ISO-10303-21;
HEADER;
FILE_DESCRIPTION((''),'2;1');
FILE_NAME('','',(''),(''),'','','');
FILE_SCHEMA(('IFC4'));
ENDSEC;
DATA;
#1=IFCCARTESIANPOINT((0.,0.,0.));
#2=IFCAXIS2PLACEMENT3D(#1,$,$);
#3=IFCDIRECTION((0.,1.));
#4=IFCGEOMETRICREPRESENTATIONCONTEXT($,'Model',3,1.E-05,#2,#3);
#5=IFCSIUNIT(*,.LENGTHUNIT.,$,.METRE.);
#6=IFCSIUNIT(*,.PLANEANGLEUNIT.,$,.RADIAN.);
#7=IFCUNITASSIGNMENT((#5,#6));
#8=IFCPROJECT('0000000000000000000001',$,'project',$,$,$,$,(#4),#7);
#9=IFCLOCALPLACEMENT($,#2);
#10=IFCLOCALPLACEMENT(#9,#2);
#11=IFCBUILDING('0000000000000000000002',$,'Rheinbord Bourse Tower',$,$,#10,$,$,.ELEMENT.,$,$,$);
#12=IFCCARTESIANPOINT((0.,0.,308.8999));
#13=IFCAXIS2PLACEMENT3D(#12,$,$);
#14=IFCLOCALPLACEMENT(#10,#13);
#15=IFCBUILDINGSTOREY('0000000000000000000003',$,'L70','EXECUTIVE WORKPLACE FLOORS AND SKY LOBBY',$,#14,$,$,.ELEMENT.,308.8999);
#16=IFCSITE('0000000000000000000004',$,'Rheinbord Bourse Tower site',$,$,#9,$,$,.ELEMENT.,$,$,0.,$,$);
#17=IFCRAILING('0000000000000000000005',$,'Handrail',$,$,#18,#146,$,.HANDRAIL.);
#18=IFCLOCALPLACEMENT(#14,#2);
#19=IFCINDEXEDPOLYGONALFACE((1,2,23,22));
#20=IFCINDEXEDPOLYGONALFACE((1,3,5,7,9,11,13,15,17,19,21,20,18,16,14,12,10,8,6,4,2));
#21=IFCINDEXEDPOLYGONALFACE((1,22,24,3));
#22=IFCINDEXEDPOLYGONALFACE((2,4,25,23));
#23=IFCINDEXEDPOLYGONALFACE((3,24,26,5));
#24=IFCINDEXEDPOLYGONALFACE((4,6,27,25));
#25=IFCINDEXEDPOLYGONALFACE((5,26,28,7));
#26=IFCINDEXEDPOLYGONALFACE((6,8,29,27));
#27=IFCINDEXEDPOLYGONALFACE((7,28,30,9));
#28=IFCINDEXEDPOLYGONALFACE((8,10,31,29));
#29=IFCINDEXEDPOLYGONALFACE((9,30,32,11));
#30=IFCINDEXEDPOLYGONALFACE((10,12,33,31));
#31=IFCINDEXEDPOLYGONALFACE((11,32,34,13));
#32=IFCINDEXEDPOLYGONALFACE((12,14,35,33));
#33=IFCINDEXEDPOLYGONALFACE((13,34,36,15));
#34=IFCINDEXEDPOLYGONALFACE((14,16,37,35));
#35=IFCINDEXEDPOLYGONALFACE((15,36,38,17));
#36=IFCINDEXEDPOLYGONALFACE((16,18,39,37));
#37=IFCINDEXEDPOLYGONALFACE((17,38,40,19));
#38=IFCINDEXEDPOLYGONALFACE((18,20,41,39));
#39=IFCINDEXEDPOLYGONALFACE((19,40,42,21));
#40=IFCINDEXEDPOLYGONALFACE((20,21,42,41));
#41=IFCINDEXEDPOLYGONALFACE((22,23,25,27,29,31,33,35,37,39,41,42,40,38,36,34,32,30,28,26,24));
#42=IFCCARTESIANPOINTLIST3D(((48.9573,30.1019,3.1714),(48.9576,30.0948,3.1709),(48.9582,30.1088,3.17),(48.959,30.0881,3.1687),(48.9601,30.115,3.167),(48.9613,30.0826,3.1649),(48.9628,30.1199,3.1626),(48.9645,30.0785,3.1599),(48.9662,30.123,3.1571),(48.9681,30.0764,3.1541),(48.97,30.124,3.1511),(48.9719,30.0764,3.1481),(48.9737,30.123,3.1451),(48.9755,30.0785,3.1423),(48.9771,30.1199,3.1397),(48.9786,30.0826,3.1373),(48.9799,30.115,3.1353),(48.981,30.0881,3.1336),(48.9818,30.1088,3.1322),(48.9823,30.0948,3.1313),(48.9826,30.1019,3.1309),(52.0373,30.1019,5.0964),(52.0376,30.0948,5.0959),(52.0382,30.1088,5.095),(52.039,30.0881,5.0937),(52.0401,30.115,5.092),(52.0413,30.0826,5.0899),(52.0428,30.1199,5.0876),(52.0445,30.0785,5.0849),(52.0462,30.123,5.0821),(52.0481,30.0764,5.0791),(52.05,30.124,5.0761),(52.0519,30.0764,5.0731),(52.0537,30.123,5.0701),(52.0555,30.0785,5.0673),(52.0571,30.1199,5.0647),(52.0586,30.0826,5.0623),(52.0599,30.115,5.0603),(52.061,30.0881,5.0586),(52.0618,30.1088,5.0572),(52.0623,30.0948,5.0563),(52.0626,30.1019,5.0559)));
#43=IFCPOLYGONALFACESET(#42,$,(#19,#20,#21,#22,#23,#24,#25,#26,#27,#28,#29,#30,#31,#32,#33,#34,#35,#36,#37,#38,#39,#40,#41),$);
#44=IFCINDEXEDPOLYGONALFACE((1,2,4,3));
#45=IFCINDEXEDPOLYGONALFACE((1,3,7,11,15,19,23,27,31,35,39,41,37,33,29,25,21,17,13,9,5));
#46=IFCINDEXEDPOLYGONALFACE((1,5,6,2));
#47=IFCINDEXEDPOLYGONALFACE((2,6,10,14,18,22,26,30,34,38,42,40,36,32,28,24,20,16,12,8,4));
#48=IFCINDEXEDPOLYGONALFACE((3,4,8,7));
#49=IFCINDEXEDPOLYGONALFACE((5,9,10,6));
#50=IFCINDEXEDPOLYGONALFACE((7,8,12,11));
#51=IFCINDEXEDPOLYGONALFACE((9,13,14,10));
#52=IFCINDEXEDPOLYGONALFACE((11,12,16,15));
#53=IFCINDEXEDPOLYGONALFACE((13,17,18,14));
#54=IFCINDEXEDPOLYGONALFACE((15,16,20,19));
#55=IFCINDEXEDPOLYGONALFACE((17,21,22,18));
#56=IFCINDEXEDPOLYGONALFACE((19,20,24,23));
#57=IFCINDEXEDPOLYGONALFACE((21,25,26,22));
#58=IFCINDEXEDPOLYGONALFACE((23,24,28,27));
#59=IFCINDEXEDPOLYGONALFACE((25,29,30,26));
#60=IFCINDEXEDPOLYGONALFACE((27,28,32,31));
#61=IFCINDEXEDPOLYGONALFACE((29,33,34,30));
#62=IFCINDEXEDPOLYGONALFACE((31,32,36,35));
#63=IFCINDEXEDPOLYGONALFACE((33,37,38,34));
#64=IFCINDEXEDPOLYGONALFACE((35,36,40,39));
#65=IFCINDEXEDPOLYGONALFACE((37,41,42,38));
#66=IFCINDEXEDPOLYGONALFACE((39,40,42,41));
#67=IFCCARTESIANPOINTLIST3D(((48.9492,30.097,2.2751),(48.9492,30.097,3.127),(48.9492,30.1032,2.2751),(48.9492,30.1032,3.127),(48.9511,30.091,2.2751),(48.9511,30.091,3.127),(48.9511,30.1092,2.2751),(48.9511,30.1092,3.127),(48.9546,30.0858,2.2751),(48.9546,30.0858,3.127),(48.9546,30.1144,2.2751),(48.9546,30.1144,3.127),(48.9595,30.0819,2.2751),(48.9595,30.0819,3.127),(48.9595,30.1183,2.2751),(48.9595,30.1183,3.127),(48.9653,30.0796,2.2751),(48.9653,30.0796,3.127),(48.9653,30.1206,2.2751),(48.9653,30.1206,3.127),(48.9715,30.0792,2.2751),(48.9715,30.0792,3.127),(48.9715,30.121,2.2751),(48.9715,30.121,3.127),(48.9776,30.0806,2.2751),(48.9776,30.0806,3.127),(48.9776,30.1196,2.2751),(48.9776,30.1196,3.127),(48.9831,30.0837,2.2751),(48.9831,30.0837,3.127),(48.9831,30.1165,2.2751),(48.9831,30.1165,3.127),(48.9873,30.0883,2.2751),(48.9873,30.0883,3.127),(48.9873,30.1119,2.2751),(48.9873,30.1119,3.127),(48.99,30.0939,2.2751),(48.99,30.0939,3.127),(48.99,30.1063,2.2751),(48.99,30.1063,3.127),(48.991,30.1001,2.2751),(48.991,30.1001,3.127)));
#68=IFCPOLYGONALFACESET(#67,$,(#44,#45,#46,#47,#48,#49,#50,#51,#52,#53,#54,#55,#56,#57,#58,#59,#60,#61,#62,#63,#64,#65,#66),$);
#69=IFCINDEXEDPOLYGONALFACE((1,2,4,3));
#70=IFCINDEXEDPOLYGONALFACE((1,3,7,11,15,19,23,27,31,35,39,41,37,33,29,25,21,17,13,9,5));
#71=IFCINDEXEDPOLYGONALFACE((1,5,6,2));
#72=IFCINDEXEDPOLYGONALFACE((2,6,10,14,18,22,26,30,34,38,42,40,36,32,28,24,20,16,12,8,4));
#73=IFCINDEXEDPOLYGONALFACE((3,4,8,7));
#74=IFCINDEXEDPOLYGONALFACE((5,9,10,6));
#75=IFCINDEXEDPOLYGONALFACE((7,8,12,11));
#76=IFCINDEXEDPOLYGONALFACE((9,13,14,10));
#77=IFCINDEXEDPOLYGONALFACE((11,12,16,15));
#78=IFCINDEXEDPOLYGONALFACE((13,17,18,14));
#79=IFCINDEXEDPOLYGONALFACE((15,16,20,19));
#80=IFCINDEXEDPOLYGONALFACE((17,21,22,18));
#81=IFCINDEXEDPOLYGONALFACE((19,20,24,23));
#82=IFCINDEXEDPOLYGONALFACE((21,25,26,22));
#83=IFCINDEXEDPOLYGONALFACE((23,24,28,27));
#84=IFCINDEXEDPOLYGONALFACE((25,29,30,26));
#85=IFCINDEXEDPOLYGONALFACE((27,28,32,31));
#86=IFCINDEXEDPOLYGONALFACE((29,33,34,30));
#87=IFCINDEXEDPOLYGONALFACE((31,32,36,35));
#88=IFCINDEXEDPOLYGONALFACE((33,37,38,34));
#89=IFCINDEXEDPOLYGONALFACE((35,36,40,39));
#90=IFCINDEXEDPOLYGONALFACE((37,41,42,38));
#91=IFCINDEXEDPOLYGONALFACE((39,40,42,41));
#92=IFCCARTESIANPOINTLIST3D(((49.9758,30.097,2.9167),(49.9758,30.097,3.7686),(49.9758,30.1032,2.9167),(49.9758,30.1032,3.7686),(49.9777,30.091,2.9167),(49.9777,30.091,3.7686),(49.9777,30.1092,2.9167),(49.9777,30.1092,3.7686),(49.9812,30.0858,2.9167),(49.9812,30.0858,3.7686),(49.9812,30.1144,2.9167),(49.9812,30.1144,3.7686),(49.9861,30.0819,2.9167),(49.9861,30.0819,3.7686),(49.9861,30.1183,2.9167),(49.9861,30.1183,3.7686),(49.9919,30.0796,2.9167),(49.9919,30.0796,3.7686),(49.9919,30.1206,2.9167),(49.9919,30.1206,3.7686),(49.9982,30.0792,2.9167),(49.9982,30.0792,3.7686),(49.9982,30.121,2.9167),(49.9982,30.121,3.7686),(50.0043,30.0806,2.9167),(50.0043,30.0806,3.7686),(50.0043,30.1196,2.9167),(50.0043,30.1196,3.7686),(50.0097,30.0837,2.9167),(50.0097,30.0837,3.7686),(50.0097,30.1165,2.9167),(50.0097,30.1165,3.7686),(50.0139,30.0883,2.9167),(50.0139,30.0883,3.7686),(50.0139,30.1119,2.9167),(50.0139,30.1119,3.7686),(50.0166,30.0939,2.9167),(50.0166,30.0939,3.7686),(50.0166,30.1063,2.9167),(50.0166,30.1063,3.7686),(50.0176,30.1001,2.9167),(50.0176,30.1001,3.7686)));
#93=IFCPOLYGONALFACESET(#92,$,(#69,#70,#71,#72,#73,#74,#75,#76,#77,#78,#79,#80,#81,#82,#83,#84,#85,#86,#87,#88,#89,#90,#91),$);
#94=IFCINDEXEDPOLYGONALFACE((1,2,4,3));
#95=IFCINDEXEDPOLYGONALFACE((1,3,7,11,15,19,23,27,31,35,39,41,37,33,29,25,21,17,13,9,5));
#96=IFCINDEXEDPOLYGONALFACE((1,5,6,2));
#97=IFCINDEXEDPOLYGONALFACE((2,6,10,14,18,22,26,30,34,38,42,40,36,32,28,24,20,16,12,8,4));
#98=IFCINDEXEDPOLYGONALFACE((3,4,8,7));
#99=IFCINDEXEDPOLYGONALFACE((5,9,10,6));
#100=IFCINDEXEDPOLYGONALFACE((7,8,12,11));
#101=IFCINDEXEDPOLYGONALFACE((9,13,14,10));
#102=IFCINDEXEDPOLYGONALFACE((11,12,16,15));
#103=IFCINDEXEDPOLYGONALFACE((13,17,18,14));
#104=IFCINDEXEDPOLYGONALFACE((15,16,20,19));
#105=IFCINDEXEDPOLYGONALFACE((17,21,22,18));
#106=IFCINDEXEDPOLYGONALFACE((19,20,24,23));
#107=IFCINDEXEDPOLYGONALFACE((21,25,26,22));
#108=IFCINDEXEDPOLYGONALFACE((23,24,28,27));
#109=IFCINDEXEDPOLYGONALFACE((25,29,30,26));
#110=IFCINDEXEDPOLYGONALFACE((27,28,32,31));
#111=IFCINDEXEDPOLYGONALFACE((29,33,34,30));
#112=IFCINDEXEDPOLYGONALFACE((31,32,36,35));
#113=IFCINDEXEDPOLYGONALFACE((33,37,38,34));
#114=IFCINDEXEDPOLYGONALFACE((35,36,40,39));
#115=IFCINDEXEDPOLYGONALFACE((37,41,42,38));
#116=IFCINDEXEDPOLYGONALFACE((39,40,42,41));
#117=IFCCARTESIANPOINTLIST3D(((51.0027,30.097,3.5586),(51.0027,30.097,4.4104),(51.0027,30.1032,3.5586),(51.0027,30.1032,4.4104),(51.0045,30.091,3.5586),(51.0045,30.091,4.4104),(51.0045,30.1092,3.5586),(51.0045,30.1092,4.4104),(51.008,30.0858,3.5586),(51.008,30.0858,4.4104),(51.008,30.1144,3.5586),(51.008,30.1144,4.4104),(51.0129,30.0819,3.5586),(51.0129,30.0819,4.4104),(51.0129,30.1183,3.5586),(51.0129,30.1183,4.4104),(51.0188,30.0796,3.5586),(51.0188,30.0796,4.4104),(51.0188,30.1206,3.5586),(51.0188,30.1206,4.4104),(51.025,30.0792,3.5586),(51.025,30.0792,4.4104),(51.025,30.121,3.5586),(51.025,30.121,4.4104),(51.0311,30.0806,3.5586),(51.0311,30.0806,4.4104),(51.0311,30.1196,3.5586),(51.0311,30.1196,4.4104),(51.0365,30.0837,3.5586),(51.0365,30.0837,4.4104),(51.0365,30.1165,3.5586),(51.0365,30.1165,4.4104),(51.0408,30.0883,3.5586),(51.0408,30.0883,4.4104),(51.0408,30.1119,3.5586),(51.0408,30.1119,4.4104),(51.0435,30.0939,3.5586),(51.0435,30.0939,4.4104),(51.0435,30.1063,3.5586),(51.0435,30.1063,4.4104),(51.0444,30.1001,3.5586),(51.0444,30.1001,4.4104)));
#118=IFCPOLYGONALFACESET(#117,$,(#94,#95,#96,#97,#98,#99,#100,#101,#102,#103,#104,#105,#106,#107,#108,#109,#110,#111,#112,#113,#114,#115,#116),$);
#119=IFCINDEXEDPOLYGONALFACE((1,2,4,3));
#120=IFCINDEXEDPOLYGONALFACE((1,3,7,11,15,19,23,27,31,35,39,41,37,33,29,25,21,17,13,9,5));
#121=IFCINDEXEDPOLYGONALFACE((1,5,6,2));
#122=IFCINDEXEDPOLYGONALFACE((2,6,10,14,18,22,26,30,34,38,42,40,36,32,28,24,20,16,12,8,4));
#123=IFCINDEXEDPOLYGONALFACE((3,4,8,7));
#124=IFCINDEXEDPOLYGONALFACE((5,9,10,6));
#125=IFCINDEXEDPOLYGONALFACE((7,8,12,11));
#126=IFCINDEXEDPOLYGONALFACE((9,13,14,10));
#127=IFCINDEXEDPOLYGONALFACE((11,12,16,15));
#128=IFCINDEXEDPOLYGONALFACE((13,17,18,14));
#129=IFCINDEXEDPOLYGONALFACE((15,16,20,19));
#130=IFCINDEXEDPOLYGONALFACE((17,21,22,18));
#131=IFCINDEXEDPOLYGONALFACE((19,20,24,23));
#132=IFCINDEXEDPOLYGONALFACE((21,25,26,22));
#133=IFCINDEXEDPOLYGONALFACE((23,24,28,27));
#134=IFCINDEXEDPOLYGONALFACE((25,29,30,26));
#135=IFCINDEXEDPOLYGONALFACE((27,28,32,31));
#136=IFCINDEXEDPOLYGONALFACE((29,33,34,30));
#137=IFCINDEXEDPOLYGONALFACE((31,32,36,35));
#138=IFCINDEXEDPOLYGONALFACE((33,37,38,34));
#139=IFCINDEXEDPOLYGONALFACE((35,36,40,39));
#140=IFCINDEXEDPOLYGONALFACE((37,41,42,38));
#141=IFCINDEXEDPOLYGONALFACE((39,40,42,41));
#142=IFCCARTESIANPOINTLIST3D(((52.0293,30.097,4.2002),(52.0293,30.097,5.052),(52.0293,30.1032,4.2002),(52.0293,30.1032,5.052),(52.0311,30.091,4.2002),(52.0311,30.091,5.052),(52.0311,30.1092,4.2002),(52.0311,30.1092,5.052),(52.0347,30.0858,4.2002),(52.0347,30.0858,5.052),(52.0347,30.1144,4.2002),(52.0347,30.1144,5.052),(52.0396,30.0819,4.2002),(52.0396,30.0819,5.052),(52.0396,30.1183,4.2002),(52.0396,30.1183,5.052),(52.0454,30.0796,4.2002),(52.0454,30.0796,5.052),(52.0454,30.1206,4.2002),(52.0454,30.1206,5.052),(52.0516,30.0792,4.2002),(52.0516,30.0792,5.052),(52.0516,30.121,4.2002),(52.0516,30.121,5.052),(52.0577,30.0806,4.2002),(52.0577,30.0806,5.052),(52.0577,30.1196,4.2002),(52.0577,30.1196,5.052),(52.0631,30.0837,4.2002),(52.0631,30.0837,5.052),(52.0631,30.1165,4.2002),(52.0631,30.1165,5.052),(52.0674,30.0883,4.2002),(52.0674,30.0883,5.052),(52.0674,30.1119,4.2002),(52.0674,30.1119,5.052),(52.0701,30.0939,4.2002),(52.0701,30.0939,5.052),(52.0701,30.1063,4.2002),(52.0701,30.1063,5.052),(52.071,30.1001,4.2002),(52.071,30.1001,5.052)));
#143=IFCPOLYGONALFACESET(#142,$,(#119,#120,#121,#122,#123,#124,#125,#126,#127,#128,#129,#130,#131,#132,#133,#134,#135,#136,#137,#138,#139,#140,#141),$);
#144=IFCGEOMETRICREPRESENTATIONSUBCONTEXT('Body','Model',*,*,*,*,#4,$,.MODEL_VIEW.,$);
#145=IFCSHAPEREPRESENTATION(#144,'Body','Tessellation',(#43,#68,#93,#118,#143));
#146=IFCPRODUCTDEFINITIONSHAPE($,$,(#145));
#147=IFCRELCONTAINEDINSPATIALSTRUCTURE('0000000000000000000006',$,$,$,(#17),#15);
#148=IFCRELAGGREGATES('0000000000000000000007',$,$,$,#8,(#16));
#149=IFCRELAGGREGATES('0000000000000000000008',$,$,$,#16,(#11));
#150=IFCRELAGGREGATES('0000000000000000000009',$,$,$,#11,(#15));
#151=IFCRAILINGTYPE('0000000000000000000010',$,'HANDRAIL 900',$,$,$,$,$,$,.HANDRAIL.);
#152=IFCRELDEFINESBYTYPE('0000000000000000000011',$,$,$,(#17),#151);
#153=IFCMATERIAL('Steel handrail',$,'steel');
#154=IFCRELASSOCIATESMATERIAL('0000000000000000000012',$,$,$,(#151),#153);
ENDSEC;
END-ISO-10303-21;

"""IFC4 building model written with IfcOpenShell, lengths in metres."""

from ifc_helpers import new_model, si_unit, direction, frame, origin, origin_2d, place, context, subcontext, project, spatial, circle, extrude, material, type_object, element, save


model = new_model("IFC4")

# Units and contexts
model_context = context("Model", 3, precision=1e-05, world=origin(), true_north=direction((0.0, 1.0)))
body_context = subcontext(model_context, "Body", "Model", "MODEL_VIEW")
ifc_project = project(units=[si_unit("LENGTHUNIT", "METRE"), si_unit("PLANEANGLEUNIT", "RADIAN")], contexts=[model_context])

# Site, building, storey
site_placement = place(None, origin())
site = spatial("IfcSite", under=ifc_project, at=site_placement, Name="Rheinbord Bourse Tower site", CompositionType="ELEMENT", RefElevation=0.0)
building_placement = place(site_placement, origin())
building = spatial("IfcBuilding", under=site, at=building_placement, Name="Rheinbord Bourse Tower", CompositionType="ELEMENT")
storey_placement = place(building_placement, frame((0.0, 0.0, 308.8999)))
storey = spatial("IfcBuildingStorey", under=building, at=storey_placement, Name="L70", Description="EXECUTIVE WORKPLACE FLOORS AND SKY LOBBY", CompositionType="ELEMENT", Elevation=308.8999)

# Railing
ifc_material_1 = material(Name="Steel handrail", Category="steel")
railing_type = type_object("IfcRailingType", Name="HANDRAIL 900", PredefinedType="HANDRAIL", material=ifc_material_1)
railing_1_placement = place(storey_placement, frame((48.97, 30.1001, 2.2751)))
element("IfcRailing", 1, at=railing_1_placement, inside=storey, type_object=railing_type, Name="Handrail", PredefinedType="HANDRAIL", context=body_context, shape_type="SweptSolid", body=[
    extrude(circle(Radius=0.0239, at=origin_2d()), frame((0.0, 0.0, 0.876), z_axis=(0.847998, 0.0, 0.529999), x_axis=(0.0, 1.0, 0.0)), (0.0, 0.0, 1.0), 3.6321),
    extrude(circle(Radius=0.021, at=origin_2d()), origin(), (0.0, 0.0, 1.0), 0.8518),
    extrude(circle(Radius=0.021, at=origin_2d()), frame((1.0266, 0.0, 0.6416)), (0.0, 0.0, 1.0), 0.8518),
    extrude(circle(Radius=0.021, at=origin_2d()), frame((2.0535, 0.0, 1.2834)), (0.0, 0.0, 1.0), 0.8518),
    extrude(circle(Radius=0.021, at=origin_2d()), frame((3.0801, 0.0, 1.925)), (0.0, 0.0, 1.0), 0.8518),
])

save(model, "model.ifc")
